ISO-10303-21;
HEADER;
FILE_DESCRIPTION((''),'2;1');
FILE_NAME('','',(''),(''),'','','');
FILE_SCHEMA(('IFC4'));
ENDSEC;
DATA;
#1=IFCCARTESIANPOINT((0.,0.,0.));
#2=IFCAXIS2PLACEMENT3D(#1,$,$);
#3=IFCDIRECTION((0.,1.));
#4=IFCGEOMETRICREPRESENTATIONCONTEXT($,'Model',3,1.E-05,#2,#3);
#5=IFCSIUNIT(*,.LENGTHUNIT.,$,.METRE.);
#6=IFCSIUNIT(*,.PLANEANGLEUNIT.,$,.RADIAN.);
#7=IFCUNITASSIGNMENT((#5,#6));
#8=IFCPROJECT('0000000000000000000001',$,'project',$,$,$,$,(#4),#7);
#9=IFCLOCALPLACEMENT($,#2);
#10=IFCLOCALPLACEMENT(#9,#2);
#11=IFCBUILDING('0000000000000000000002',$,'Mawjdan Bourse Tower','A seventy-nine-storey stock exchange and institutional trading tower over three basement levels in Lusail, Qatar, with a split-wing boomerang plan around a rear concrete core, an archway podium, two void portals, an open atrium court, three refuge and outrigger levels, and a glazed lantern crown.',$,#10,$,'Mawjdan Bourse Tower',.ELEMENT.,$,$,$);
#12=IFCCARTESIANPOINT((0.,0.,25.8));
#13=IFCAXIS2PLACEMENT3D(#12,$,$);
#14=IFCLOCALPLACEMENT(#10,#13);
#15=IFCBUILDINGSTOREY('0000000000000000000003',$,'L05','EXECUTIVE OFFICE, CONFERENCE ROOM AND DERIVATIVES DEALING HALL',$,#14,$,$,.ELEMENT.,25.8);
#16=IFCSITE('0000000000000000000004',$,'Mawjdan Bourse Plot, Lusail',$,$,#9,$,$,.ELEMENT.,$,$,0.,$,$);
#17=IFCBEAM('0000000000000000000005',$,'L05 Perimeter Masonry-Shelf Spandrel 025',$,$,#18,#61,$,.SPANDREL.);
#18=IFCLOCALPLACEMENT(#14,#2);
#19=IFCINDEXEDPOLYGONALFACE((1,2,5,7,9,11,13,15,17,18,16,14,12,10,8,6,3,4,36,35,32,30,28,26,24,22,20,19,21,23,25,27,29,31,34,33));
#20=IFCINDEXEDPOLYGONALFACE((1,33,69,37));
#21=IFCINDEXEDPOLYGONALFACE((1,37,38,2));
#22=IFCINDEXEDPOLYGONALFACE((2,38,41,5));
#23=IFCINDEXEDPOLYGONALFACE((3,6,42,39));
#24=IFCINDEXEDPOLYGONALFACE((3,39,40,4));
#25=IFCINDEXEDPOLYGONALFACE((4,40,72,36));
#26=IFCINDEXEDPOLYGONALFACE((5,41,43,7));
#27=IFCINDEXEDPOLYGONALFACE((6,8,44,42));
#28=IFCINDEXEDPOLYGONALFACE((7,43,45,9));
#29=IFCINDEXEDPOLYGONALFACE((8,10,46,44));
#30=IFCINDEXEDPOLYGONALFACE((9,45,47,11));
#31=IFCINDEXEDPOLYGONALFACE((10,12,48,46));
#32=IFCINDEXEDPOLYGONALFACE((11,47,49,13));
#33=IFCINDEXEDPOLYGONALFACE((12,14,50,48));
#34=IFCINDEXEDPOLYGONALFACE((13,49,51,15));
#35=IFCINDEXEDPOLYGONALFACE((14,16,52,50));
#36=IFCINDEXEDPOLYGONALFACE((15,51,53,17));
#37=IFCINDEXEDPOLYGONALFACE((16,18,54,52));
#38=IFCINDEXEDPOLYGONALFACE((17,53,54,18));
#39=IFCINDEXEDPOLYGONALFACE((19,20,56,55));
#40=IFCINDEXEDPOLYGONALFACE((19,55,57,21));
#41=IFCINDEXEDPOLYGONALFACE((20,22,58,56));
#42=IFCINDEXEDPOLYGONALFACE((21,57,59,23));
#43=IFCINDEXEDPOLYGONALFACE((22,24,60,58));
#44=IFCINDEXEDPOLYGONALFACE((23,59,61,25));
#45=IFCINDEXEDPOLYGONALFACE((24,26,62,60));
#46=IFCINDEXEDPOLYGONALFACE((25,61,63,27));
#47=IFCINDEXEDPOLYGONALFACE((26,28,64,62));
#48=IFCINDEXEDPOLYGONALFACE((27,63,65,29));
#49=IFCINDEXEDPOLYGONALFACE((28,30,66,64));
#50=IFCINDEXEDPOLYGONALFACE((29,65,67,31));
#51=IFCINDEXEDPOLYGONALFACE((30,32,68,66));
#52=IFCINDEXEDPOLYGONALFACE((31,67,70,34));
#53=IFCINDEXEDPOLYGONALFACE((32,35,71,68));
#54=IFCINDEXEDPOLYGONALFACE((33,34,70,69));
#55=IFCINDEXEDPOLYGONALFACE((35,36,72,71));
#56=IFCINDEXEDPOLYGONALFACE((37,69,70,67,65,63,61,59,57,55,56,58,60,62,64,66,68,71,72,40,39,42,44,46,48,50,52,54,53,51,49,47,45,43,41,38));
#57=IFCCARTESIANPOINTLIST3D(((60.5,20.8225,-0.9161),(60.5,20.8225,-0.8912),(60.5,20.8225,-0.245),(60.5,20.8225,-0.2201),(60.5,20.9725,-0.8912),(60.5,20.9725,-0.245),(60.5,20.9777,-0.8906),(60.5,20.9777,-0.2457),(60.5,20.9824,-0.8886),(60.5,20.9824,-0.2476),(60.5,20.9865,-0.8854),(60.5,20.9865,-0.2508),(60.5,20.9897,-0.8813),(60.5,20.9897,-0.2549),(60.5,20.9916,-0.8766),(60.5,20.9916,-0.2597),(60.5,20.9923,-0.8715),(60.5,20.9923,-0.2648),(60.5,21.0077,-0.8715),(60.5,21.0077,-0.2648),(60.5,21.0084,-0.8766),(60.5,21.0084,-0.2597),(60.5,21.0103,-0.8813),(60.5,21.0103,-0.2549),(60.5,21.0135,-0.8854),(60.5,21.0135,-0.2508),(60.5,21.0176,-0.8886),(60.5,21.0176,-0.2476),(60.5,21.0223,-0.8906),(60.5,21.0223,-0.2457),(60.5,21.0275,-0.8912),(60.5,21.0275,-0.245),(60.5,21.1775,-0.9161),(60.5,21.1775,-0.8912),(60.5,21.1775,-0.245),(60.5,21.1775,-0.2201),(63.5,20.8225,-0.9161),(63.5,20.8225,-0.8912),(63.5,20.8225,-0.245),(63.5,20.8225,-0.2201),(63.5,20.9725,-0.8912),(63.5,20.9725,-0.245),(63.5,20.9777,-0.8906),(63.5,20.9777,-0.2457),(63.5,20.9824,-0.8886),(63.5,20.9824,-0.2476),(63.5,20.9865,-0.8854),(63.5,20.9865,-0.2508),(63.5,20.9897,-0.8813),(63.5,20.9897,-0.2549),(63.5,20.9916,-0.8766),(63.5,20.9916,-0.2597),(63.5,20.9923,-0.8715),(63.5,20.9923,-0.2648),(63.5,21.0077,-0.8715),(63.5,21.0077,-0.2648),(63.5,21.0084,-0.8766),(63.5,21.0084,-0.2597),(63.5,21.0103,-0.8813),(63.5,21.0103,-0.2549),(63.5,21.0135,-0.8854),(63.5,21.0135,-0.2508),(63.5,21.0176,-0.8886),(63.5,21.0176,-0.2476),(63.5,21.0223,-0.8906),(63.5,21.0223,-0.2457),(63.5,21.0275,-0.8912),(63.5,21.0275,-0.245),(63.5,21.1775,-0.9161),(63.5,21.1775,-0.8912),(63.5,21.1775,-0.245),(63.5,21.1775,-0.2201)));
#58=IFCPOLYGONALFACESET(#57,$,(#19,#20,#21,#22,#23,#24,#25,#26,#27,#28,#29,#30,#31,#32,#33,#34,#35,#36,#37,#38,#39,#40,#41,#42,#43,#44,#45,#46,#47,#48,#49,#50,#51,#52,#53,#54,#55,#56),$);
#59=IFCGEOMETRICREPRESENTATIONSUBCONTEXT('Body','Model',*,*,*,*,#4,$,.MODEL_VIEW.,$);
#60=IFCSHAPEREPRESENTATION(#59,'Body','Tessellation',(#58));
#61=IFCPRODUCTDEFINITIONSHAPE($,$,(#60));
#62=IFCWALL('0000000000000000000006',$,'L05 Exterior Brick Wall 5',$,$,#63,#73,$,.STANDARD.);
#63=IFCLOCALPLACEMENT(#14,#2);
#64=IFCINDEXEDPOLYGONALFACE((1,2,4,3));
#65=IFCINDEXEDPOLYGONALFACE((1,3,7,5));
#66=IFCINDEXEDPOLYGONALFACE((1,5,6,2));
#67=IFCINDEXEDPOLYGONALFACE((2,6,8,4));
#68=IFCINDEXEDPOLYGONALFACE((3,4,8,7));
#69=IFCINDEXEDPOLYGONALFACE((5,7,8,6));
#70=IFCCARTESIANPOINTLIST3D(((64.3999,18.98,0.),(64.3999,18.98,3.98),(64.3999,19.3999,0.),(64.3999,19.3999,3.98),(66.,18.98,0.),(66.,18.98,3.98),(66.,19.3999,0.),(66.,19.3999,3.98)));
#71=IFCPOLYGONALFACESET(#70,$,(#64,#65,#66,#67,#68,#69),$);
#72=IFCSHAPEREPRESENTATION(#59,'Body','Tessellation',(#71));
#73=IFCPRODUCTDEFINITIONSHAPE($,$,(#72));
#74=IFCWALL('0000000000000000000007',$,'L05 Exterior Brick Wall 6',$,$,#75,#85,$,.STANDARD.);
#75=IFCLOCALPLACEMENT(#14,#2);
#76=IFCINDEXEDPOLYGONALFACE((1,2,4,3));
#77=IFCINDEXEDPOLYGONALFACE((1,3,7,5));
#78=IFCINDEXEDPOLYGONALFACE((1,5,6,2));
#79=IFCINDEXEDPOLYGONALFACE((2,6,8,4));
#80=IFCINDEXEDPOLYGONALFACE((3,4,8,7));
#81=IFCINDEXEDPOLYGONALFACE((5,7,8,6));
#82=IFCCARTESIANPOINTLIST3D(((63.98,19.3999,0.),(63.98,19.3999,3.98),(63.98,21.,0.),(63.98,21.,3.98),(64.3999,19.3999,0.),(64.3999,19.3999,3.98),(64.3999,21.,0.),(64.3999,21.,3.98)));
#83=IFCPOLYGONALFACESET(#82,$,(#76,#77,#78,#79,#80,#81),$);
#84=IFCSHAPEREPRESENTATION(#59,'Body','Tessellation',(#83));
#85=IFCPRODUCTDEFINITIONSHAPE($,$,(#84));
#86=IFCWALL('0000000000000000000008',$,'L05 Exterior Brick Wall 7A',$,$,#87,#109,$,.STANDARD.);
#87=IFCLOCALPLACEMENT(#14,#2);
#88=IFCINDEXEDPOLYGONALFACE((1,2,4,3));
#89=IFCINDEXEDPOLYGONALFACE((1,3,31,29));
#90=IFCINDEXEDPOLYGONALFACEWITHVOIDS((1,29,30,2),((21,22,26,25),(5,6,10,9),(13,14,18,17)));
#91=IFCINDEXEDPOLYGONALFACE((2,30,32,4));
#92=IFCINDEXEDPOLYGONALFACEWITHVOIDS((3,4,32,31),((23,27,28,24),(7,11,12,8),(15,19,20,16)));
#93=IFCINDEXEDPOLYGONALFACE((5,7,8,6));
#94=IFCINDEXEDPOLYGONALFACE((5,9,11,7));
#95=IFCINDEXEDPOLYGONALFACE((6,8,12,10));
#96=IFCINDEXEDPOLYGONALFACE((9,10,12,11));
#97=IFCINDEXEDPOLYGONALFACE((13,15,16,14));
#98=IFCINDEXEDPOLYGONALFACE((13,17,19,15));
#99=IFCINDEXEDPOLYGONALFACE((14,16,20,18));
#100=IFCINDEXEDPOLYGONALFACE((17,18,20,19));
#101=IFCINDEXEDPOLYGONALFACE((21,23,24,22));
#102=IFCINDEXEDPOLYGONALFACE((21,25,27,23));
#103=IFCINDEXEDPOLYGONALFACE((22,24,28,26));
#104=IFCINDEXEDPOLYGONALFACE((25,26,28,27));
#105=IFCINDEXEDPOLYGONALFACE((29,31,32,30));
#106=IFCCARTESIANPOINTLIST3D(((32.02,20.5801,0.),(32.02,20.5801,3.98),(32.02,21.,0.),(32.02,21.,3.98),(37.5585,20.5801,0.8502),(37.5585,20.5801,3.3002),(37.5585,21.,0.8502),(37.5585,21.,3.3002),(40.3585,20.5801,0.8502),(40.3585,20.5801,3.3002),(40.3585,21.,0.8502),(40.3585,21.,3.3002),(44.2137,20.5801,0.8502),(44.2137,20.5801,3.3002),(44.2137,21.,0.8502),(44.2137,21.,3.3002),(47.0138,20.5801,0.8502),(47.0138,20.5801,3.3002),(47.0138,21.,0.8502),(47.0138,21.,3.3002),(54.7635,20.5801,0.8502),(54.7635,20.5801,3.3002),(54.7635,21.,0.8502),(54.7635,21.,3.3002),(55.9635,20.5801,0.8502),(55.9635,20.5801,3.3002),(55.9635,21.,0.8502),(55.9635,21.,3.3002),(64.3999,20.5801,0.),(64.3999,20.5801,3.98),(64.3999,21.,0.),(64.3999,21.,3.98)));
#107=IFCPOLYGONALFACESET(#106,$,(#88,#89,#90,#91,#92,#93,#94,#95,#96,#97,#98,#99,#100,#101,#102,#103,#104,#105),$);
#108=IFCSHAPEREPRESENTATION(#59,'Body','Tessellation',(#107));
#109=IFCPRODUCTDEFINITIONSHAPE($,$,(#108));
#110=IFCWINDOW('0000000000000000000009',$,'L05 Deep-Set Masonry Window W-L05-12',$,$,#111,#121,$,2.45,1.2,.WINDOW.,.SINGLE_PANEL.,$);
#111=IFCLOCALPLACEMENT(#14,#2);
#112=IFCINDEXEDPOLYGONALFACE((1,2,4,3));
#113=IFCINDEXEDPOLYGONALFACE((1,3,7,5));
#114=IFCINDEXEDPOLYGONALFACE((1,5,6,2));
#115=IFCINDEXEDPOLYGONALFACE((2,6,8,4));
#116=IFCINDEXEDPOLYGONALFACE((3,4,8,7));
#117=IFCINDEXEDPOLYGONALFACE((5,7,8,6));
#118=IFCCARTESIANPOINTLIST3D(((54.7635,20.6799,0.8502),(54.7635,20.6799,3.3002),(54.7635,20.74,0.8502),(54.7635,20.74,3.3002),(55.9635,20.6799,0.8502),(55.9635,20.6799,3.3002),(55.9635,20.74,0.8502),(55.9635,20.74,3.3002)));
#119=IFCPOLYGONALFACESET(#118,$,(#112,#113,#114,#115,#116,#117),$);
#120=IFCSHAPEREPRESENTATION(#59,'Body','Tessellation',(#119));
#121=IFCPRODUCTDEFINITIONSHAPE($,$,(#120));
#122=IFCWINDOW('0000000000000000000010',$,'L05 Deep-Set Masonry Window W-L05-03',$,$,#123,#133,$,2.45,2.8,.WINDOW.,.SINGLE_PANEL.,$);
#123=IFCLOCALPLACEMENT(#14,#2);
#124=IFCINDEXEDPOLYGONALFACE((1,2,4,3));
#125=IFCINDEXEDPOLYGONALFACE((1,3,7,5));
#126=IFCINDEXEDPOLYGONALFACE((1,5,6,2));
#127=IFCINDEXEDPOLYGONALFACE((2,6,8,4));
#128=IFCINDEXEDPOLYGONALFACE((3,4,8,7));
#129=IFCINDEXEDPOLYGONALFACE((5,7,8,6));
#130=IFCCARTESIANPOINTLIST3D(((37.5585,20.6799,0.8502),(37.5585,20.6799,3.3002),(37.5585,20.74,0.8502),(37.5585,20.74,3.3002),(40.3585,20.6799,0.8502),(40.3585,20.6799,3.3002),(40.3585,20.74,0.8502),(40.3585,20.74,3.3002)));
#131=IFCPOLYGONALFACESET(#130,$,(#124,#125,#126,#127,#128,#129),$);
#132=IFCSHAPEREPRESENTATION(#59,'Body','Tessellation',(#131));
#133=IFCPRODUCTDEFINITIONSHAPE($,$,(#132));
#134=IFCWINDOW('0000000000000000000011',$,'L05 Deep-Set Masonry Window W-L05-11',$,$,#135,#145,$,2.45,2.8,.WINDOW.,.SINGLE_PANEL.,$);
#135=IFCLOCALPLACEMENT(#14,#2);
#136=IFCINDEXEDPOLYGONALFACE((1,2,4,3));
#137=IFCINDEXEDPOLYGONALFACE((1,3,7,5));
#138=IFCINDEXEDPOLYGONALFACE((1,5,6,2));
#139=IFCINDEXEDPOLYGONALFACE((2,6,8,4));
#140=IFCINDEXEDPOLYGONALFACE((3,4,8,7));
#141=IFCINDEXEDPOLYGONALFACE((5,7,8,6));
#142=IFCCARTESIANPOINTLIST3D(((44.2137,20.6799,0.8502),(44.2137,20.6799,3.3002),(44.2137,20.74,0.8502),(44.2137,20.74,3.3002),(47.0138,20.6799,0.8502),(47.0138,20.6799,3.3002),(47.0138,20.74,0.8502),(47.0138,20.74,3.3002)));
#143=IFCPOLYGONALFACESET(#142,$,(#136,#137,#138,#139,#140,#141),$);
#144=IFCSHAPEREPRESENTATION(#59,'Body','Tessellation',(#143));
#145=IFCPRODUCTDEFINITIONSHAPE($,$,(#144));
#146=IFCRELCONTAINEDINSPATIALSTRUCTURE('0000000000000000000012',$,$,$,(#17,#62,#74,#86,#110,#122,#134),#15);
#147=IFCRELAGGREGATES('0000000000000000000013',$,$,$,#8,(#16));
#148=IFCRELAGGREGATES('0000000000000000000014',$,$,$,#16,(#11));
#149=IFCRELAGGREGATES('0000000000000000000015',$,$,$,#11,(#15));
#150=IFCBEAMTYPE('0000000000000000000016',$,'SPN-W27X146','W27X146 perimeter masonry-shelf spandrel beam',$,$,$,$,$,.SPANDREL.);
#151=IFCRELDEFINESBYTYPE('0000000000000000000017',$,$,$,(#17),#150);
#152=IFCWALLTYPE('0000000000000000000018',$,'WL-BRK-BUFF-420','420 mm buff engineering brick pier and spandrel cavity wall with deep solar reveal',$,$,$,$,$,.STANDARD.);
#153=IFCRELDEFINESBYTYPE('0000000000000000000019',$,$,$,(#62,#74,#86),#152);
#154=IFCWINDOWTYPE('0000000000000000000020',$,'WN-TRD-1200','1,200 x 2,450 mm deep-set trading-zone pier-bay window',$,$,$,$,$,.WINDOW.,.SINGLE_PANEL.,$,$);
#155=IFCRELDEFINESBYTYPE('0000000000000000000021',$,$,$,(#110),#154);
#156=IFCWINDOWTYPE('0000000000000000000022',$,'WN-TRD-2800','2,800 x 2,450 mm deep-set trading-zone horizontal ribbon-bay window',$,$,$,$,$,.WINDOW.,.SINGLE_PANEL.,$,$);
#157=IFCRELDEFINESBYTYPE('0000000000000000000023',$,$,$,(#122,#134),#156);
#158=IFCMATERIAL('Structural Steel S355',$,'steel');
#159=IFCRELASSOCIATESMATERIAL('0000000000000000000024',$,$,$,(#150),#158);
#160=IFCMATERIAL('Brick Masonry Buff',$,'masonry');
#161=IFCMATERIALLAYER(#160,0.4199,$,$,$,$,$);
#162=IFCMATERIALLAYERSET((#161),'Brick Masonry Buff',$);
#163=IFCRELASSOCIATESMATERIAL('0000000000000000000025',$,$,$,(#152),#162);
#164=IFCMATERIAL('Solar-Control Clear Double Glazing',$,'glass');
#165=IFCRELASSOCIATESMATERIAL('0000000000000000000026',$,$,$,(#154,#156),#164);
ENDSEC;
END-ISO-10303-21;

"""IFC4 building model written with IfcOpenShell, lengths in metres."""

from ifc_helpers import new_model, si_unit, direction, frame, frame_2d, origin, origin_2d, place, context, subcontext, project, spatial, rectangle, i_section, extrude, material, layer, layer_set, material_profile, profile_set, type_object, element, fill, save


model = new_model("IFC4")

# Units and contexts
model_context = context("Model", 3, precision=1e-05, world=origin(), true_north=direction((0.0, 1.0)))
body_context = subcontext(model_context, "Body", "Model", "MODEL_VIEW")
ifc_project = project(units=[si_unit("LENGTHUNIT", "METRE"), si_unit("PLANEANGLEUNIT", "RADIAN")], contexts=[model_context])

# Site, building, storey
site_placement = place(None, origin())
site = spatial("IfcSite", under=ifc_project, at=site_placement, Name="Mawjdan Bourse Plot, Lusail", CompositionType="ELEMENT", RefElevation=0.0)
building_placement = place(site_placement, origin())
building = spatial("IfcBuilding", under=site, at=building_placement, Name="Mawjdan Bourse Tower", Description="A seventy-nine-storey stock exchange and institutional trading tower over three basement levels in Lusail, Qatar, with a split-wing boomerang plan around a rear concrete core, an archway podium, two void portals, an open atrium court, three refuge and outrigger levels, and a glazed lantern crown.", LongName="Mawjdan Bourse Tower", CompositionType="ELEMENT")
storey_placement = place(building_placement, frame((0.0, 0.0, 25.8)))
storey = spatial("IfcBuildingStorey", under=building, at=storey_placement, Name="L05", Description="EXECUTIVE OFFICE, CONFERENCE ROOM AND DERIVATIVES DEALING HALL", CompositionType="ELEMENT", Elevation=25.8)

# Beam
ifc_material_1 = material(Name="Structural Steel S355", Category="steel")
ifc_material_profile_1 = material_profile(ifc_material_1, i_section(OverallWidth=0.355, OverallDepth=0.696, WebThickness=0.0154, FlangeThickness=0.0249, FilletRadius=0.0198, at=origin_2d()), Name="W27X146")
ifc_profile_set_1 = profile_set([ifc_material_profile_1], Name="Structural Steel S355")
beam_type_1 = type_object("IfcBeamType", Name="SPN-W27X146", Description="W27X146 perimeter masonry-shelf spandrel beam", PredefinedType="SPANDREL", material=ifc_profile_set_1)
beam_1_placement = place(storey_placement, frame((60.5, 21.0, -0.5681), z_axis=(1.0, 0.0, 0.0), x_axis=(0.0, 1.0, 0.0)))
element("IfcBeam", 1, at=beam_1_placement, inside=storey, type_object=beam_type_1, Name="L05 Perimeter Masonry-Shelf Spandrel 025", PredefinedType="SPANDREL", context=body_context, shape_type="SweptSolid", body=[
    extrude(i_section(OverallWidth=0.355, OverallDepth=0.696, WebThickness=0.0154, FlangeThickness=0.0249, FilletRadius=0.0198, at=origin_2d()), origin(), (0.0, 0.0, 1.0), 3.0),
])

# Walls
ifc_material_2 = material(Name="Brick Masonry Buff", Category="masonry")
ifc_layer = layer(ifc_material_2, 0.4199)
ifc_layer_set = layer_set([ifc_layer], Name="Brick Masonry Buff")
wall_type = type_object("IfcWallType", Name="WL-BRK-BUFF-420", Description="420 mm buff engineering brick pier and spandrel cavity wall with deep solar reveal", PredefinedType="STANDARD", material=ifc_layer_set)
for number, where, z_axis, x_axis, name in (
    (2, (66.0, 19.1899, 0.0), (0.0, 0.0, 1.0), (-1.0, 0.0, 0.0), "L05 Exterior Brick Wall 5"),
    (3, (64.1899, 19.3999, 0.0), (0.0, 0.0, 1.0), (0.0, 1.0, 0.0), "L05 Exterior Brick Wall 6"),
):
    element("IfcWall", number, at=place(storey_placement, frame(where, z_axis=z_axis, x_axis=x_axis)), inside=storey, type_object=wall_type, Name=name, PredefinedType="STANDARD", context=body_context, shape_type="SweptSolid", body=[
        extrude(rectangle(XDim=1.6001, YDim=0.4199, at=frame_2d((0.8, 0.0))), origin(), (0.0, 0.0, 1.0), 3.98),
    ])

# Wall, openings, windows
wall_placement = place(storey_placement, frame((64.3999, 20.79, 0.0), z_axis=(0.0, 0.0, 1.0), x_axis=(-1.0, 0.0, 0.0)))
wall = element("IfcWall", 4, at=wall_placement, inside=storey, type_object=wall_type, Name="L05 Exterior Brick Wall 7A", PredefinedType="STANDARD", context=body_context, shape_type="SweptSolid", body=[
    extrude(rectangle(XDim=32.3799, YDim=0.4199, at=frame_2d((16.1899, 0.0))), origin(), (0.0, 0.0, 1.0), 3.98),
])
opening_1_placement = place(wall_placement, frame((24.0415, 0.0, 0.8501)))
opening_1 = element("IfcOpeningElement", 5, at=opening_1_placement, cuts=wall, PredefinedType="OPENING", context=body_context, shape_type="SweptSolid", body=[
    extrude(rectangle(XDim=2.8, YDim=2.45, at=frame_2d((1.3999, 1.2251))), frame((0.0, 0.22, 0.0), z_axis=(0.0, -1.0, 0.0), x_axis=(1.0, 0.0, 0.0)), (0.0, 0.0, 1.0), 0.4399),
])
opening_2_placement = place(wall_placement, frame((17.3862, 0.0, 0.8501)))
opening_2 = element("IfcOpeningElement", 6, at=opening_2_placement, cuts=wall, PredefinedType="OPENING", context=body_context, shape_type="SweptSolid", body=[
    extrude(rectangle(XDim=2.8, YDim=2.45, at=frame_2d((1.3999, 1.2251))), frame((0.0, 0.22, 0.0), z_axis=(0.0, -1.0, 0.0), x_axis=(1.0, 0.0, 0.0)), (0.0, 0.0, 1.0), 0.4399),
])
opening_3_placement = place(wall_placement, frame((8.4363, 0.0, 0.8501)))
opening_3 = element("IfcOpeningElement", 7, at=opening_3_placement, cuts=wall, PredefinedType="OPENING", context=body_context, shape_type="SweptSolid", body=[
    extrude(rectangle(XDim=1.2, YDim=2.45, at=frame_2d((0.6001, 1.2251))), frame((0.0, 0.22, 0.0), z_axis=(0.0, -1.0, 0.0), x_axis=(1.0, 0.0, 0.0)), (0.0, 0.0, 1.0), 0.4399),
])
ifc_material_3 = material(Name="Solar-Control Clear Double Glazing", Category="glass")
window_type_1 = type_object("IfcWindowType", Name="WN-TRD-1200", Description="1,200 x 2,450 mm deep-set trading-zone pier-bay window", PartitioningType="SINGLE_PANEL", PredefinedType="WINDOW", material=ifc_material_3)
window_1_placement = place(opening_3_placement, origin())
window_1 = element("IfcWindow", 8, at=window_1_placement, inside=storey, type_object=window_type_1, Name="L05 Deep-Set Masonry Window W-L05-12", OverallHeight=2.45, OverallWidth=1.2, PartitioningType="SINGLE_PANEL", PredefinedType="WINDOW", context=body_context, shape_type="SweptSolid", body=[
    extrude(rectangle(XDim=1.2, YDim=2.45, at=frame_2d((0.6001, 1.2251))), frame((0.0, 0.1101, 0.0), z_axis=(0.0, -1.0, 0.0), x_axis=(1.0, 0.0, 0.0)), (0.0, 0.0, 1.0), 0.0601),
])
fill(opening_3, window_1)
window_type_2 = type_object("IfcWindowType", Name="WN-TRD-2800", Description="2,800 x 2,450 mm deep-set trading-zone horizontal ribbon-bay window", PartitioningType="SINGLE_PANEL", PredefinedType="WINDOW", material=ifc_material_3)
window_2_placement = place(opening_1_placement, origin())
window_2 = element("IfcWindow", 9, at=window_2_placement, inside=storey, type_object=window_type_2, Name="L05 Deep-Set Masonry Window W-L05-03", OverallHeight=2.45, OverallWidth=2.8, PartitioningType="SINGLE_PANEL", PredefinedType="WINDOW", context=body_context, shape_type="SweptSolid", body=[
    extrude(rectangle(XDim=2.8, YDim=2.45, at=frame_2d((1.3999, 1.2251))), frame((0.0, 0.1101, 0.0), z_axis=(0.0, -1.0, 0.0), x_axis=(1.0, 0.0, 0.0)), (0.0, 0.0, 1.0), 0.0601),
])
fill(opening_1, window_2)
window_3_placement = place(opening_2_placement, origin())
window_3 = element("IfcWindow", 10, at=window_3_placement, inside=storey, type_object=window_type_2, Name="L05 Deep-Set Masonry Window W-L05-11", OverallHeight=2.45, OverallWidth=2.8, PartitioningType="SINGLE_PANEL", PredefinedType="WINDOW", context=body_context, shape_type="SweptSolid", body=[
    extrude(rectangle(XDim=2.8, YDim=2.45, at=frame_2d((1.3999, 1.2251))), frame((0.0, 0.1101, 0.0), z_axis=(0.0, -1.0, 0.0), x_axis=(1.0, 0.0, 0.0)), (0.0, 0.0, 1.0), 0.0601),
])
fill(opening_2, window_3)

save(model, "model.ifc")
